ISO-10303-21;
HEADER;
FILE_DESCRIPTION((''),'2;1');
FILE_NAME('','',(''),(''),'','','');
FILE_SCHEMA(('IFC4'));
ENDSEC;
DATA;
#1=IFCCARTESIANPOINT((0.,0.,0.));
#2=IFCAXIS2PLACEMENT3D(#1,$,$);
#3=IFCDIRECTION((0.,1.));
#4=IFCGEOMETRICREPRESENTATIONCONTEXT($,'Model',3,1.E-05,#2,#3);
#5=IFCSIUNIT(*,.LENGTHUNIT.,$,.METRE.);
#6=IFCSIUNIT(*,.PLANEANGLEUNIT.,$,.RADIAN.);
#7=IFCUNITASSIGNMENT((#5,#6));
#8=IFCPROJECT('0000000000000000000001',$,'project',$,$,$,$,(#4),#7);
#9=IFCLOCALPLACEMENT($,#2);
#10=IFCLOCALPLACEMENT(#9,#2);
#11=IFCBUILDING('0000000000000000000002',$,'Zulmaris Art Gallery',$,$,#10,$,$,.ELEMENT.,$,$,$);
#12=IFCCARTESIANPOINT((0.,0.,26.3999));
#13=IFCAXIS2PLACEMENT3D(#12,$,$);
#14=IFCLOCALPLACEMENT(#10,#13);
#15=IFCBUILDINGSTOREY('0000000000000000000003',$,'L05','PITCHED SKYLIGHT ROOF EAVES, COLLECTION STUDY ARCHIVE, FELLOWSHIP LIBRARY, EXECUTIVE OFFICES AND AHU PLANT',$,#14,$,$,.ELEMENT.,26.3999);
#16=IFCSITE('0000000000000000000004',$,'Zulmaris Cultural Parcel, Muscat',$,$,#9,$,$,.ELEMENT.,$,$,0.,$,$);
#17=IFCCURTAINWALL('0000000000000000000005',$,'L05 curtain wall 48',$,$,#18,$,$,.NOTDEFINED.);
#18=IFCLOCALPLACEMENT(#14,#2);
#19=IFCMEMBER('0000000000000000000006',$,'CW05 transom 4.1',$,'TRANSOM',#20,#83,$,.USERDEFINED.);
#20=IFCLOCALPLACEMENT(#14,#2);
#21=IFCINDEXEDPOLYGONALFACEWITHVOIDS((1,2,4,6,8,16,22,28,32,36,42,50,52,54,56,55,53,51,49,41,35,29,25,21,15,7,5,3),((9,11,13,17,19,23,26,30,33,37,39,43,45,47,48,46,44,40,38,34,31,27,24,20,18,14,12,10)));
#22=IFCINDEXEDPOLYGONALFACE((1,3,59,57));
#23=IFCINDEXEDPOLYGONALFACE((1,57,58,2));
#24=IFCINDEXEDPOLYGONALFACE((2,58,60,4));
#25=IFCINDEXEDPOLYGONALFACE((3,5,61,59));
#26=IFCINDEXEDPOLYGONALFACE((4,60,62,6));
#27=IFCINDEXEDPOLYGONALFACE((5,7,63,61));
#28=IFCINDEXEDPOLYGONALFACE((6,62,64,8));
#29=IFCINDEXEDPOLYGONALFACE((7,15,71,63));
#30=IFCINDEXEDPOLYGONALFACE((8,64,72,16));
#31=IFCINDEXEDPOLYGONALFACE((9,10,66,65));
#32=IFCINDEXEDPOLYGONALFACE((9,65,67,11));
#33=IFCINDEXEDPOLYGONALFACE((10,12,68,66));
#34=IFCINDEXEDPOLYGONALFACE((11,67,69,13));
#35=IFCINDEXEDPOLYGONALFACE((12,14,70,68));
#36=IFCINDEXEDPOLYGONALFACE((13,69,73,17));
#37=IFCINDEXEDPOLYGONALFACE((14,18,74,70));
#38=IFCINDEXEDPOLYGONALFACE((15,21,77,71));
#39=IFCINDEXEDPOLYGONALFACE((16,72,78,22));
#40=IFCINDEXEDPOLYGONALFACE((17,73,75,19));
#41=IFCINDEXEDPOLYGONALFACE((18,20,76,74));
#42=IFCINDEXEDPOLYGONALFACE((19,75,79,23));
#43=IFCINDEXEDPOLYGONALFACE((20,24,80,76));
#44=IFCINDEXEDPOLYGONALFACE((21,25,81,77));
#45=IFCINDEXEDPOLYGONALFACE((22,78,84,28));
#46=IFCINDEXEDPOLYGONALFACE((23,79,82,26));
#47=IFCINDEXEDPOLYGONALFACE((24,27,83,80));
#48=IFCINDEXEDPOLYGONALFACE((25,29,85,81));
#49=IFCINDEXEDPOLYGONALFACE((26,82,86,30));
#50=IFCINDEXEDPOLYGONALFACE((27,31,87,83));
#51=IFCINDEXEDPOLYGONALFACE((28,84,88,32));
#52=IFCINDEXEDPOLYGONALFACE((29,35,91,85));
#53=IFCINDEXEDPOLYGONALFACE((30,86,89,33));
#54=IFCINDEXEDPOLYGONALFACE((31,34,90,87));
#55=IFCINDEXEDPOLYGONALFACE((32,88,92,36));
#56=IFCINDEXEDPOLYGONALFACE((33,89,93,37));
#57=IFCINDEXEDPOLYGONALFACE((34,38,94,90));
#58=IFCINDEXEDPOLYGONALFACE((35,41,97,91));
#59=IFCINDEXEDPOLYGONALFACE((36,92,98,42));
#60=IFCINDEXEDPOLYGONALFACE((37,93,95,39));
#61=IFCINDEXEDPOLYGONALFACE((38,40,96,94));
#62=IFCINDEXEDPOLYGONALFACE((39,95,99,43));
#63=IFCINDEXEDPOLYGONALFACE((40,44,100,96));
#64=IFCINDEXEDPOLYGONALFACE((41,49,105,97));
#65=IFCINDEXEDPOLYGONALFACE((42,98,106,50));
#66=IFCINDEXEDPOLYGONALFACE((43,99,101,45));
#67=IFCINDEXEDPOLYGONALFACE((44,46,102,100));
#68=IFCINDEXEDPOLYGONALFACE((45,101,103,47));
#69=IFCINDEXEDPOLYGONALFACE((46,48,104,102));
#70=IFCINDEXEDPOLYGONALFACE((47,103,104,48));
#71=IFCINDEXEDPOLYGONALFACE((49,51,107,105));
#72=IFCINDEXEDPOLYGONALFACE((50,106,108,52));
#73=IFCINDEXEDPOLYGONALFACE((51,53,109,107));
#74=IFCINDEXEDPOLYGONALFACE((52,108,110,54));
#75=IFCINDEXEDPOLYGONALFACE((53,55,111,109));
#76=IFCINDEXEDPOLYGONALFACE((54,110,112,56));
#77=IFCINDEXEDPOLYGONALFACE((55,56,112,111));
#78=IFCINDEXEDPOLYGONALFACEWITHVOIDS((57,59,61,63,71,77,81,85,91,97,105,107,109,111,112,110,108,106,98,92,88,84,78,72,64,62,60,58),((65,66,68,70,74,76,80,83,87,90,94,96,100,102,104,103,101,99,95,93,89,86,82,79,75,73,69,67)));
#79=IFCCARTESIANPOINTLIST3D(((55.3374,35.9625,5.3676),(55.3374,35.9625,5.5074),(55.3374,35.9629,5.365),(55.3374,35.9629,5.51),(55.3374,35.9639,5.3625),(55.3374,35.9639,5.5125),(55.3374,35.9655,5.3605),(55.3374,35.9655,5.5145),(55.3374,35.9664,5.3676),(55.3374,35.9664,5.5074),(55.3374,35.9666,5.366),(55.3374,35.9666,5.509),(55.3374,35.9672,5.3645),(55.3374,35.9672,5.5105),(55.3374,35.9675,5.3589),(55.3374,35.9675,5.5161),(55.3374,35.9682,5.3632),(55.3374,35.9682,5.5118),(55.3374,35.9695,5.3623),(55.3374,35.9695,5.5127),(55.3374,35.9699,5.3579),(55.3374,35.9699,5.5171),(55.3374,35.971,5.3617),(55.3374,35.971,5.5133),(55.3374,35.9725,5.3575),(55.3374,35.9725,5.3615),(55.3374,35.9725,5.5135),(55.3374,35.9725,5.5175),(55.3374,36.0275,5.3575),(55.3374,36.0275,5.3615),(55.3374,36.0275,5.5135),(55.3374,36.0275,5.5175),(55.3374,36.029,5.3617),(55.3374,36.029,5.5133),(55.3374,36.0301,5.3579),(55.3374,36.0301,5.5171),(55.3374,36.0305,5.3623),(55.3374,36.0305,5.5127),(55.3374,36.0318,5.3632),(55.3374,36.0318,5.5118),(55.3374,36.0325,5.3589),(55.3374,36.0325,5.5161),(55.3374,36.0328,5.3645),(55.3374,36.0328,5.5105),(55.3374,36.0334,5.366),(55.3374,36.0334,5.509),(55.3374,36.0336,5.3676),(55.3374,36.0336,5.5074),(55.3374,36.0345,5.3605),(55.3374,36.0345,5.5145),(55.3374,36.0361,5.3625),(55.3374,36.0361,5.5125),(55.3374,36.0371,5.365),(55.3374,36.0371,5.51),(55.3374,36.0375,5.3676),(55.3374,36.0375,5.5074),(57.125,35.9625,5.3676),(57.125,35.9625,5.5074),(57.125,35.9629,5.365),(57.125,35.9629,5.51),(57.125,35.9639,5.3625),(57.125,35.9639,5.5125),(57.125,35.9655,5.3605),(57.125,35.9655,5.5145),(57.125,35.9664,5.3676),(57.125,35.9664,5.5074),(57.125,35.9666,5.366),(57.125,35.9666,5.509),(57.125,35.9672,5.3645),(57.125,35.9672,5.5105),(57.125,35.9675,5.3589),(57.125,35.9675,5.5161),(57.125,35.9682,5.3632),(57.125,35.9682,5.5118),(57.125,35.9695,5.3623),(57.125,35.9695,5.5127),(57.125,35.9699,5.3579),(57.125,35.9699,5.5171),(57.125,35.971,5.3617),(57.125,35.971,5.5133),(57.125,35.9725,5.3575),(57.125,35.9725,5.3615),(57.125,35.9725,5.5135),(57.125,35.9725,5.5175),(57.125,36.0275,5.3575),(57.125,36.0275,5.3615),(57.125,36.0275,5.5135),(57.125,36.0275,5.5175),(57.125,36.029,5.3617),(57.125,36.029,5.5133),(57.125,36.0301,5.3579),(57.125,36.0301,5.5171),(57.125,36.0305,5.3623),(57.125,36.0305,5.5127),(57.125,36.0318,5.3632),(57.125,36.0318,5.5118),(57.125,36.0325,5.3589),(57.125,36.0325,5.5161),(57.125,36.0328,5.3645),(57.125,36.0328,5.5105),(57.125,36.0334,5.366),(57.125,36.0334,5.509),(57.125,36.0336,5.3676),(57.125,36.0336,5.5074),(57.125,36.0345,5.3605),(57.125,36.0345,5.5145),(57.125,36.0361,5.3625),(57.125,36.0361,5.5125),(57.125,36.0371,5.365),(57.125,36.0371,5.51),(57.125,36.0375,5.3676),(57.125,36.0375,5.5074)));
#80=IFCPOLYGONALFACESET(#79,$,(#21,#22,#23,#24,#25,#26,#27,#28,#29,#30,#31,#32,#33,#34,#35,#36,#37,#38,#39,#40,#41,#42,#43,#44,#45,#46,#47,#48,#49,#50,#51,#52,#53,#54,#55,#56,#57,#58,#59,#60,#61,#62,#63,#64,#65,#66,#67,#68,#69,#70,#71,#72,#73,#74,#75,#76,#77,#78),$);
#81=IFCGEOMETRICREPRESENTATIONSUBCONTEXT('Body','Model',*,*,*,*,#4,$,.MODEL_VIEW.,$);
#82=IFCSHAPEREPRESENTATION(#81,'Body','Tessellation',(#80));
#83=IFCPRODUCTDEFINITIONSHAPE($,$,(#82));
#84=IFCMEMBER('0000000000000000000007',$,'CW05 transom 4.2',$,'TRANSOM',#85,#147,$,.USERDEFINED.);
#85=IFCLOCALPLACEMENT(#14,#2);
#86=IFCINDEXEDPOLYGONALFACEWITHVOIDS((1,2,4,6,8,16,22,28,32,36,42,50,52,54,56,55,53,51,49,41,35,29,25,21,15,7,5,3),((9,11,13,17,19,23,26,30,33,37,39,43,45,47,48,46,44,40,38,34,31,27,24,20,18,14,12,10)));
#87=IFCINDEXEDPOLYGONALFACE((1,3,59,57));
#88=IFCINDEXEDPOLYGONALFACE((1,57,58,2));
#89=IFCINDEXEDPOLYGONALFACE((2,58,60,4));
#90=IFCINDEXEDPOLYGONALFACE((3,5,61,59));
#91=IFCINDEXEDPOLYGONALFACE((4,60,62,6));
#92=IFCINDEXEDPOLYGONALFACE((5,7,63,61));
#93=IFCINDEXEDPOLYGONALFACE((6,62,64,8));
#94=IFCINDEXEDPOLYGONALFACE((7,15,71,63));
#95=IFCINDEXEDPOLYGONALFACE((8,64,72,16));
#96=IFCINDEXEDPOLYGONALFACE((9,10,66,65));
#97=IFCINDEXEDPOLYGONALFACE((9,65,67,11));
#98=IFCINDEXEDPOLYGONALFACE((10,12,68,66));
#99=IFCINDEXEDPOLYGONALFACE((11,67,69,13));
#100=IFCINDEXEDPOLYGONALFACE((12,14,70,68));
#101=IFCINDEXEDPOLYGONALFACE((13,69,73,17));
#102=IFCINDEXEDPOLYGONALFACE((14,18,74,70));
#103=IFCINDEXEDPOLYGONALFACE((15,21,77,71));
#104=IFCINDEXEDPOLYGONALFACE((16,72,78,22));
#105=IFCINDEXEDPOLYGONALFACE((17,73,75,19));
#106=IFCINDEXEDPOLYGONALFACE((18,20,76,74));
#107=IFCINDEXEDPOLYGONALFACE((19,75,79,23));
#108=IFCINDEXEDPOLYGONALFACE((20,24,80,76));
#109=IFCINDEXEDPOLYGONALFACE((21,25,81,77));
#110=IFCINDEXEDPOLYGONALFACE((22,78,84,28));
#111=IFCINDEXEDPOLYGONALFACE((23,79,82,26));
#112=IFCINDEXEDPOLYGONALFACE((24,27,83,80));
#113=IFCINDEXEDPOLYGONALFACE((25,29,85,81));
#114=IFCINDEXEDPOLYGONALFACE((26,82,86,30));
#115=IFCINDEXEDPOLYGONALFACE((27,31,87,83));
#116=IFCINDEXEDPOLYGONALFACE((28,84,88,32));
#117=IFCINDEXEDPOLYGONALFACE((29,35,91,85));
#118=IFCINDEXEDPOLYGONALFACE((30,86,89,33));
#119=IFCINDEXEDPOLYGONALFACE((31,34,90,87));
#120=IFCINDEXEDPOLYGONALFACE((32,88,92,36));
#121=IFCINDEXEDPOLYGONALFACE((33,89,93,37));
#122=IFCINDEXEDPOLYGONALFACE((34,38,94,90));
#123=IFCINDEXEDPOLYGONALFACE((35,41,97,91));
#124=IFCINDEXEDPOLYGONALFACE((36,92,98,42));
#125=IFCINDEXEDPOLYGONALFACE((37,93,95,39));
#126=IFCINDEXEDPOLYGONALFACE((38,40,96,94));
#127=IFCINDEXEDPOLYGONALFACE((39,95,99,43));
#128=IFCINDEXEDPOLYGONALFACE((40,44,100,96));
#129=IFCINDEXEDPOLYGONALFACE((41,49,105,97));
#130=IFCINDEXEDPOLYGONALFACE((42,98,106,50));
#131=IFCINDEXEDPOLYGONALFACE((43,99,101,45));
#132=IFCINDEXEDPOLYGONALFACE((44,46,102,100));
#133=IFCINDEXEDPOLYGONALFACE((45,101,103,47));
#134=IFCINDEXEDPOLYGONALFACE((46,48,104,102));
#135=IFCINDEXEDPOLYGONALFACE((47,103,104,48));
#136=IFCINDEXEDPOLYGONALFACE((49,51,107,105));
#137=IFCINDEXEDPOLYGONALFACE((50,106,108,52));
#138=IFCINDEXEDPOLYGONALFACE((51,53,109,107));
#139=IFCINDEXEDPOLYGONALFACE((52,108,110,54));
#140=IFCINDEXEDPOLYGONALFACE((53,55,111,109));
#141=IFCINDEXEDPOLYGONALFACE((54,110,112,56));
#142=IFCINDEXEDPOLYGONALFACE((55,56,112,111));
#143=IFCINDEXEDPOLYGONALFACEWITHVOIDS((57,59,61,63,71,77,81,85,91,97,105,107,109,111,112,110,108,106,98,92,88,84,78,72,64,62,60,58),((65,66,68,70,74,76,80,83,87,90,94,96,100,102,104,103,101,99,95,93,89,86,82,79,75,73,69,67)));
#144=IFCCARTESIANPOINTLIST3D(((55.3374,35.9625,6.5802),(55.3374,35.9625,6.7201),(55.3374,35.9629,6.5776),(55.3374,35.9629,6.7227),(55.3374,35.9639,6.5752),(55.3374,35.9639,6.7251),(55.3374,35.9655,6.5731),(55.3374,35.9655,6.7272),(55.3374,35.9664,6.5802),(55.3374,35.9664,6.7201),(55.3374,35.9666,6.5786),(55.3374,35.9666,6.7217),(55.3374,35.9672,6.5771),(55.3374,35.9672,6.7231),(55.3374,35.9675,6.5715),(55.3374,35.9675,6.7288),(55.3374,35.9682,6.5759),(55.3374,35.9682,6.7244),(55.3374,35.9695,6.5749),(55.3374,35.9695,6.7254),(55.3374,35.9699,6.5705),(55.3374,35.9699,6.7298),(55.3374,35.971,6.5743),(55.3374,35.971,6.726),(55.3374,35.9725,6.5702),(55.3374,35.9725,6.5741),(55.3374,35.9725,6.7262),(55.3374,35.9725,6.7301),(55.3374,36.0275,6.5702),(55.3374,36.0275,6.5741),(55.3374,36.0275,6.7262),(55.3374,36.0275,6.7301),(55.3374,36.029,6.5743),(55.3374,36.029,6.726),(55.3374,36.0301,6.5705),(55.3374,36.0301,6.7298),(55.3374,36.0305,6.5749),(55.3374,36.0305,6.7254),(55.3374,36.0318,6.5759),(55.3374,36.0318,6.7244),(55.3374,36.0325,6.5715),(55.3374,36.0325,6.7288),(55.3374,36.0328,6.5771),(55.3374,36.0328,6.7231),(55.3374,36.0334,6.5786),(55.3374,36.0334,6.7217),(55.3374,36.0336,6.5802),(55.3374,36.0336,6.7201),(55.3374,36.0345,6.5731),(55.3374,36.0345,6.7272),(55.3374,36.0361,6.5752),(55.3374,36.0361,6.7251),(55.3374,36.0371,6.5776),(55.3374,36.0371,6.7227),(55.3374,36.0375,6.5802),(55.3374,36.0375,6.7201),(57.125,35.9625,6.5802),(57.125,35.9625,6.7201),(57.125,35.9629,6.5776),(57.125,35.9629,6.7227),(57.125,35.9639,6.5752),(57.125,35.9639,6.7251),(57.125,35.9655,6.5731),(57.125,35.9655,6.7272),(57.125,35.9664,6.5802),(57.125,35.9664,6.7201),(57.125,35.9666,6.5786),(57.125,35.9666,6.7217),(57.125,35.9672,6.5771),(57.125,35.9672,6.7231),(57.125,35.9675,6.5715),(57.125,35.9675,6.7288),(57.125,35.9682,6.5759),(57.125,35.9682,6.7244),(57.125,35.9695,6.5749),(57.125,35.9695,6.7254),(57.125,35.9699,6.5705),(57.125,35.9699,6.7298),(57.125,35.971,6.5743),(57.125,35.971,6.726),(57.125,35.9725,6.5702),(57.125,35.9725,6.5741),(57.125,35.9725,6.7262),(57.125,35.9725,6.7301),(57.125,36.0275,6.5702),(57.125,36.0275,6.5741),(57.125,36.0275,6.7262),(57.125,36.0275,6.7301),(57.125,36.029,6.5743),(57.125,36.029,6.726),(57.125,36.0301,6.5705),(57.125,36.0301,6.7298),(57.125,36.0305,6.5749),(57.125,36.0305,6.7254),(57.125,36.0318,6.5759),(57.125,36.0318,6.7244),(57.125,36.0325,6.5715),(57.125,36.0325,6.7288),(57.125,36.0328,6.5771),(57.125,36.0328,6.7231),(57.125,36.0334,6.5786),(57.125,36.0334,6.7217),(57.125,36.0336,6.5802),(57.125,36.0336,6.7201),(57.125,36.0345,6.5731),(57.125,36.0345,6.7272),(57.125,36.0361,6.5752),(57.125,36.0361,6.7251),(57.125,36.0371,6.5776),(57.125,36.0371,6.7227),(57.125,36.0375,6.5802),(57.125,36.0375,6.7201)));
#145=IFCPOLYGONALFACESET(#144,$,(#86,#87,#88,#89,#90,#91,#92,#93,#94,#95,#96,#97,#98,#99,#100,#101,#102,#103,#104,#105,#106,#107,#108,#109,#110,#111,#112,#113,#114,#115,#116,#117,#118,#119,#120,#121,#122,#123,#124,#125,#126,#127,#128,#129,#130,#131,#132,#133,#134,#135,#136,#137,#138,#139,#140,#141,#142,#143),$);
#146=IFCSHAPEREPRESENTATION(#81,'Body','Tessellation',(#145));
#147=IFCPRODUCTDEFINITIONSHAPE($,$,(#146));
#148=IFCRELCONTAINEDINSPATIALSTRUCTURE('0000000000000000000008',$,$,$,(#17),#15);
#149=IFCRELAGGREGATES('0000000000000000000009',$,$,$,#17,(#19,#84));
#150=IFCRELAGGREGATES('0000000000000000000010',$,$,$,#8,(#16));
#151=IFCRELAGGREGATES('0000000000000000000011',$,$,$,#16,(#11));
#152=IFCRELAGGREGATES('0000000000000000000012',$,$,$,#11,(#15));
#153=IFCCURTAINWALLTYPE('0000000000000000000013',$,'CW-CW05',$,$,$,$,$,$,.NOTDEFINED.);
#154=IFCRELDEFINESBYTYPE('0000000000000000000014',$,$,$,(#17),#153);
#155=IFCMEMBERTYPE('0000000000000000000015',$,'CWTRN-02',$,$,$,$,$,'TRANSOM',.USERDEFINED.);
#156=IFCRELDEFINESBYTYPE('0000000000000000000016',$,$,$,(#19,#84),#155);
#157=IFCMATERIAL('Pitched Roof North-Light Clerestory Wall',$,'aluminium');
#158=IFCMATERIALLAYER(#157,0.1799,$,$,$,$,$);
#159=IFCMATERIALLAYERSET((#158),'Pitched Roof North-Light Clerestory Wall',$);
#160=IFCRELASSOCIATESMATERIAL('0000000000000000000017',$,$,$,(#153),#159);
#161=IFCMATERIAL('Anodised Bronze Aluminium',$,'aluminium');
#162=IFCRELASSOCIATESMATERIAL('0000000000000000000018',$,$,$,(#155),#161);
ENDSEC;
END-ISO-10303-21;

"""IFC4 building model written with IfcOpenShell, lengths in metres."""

from ifc_helpers import new_model, si_unit, direction, frame, origin, origin_2d, place, context, subcontext, project, spatial, hollow_rectangle, extrude, material, layer, layer_set, material_profile, profile_set, type_object, element, aggregate, save


model = new_model("IFC4")

# Units and contexts
model_context = context("Model", 3, precision=1e-05, world=origin(), true_north=direction((0.0, 1.0)))
body_context = subcontext(model_context, "Body", "Model", "MODEL_VIEW")
ifc_project = project(units=[si_unit("LENGTHUNIT", "METRE"), si_unit("PLANEANGLEUNIT", "RADIAN")], contexts=[model_context])

# Site, building, storey
site_placement = place(None, origin())
site = spatial("IfcSite", under=ifc_project, at=site_placement, Name="Zulmaris Cultural Parcel, Muscat", CompositionType="ELEMENT", RefElevation=0.0)
building_placement = place(site_placement, origin())
building = spatial("IfcBuilding", under=site, at=building_placement, Name="Zulmaris Art Gallery", CompositionType="ELEMENT")
storey_placement = place(building_placement, frame((0.0, 0.0, 26.3999)))
storey = spatial("IfcBuildingStorey", under=building, at=storey_placement, Name="L05", Description="PITCHED SKYLIGHT ROOF EAVES, COLLECTION STUDY ARCHIVE, FELLOWSHIP LIBRARY, EXECUTIVE OFFICES AND AHU PLANT", CompositionType="ELEMENT", Elevation=26.3999)

# Curtain wall, members
ifc_material_1 = material(Name="Pitched Roof North-Light Clerestory Wall", Category="aluminium")
ifc_layer_1 = layer(ifc_material_1, 0.1799)
ifc_layer_set_1 = layer_set([ifc_layer_1], Name="Pitched Roof North-Light Clerestory Wall")
curtain_wall_type = type_object("IfcCurtainWallType", Name="CW-CW05", PredefinedType="NOTDEFINED", material=ifc_layer_set_1)
curtain_wall_placement = place(storey_placement, origin())
curtain_wall = element("IfcCurtainWall", 1, at=curtain_wall_placement, inside=storey, type_object=curtain_wall_type, Name="L05 curtain wall 48", PredefinedType="NOTDEFINED")
ifc_material_2 = material(Name="Anodised Bronze Aluminium", Category="aluminium")
ifc_material_profile_1 = material_profile(ifc_material_2, hollow_rectangle(XDim=0.075, YDim=0.1599, WallThickness=0.0039, InnerFilletRadius=0.0061, OuterFilletRadius=0.01, at=origin_2d()), Name="ALU 75x160x4")
ifc_profile_set_1 = profile_set([ifc_material_profile_1], Name="Anodised Bronze Aluminium")
member_type_1 = type_object("IfcMemberType", Name="CWTRN-02", ElementType="TRANSOM", PredefinedType="USERDEFINED", material=ifc_profile_set_1)
member_1_placement = place(storey_placement, frame((55.3374, 36.0, 5.4375), z_axis=(1.0, 0.0, 0.0), x_axis=(0.0, 1.0, 0.0)))
member_1 = element("IfcMember", 2, at=member_1_placement, type_object=member_type_1, Name="CW05 transom 4.1", ObjectType="TRANSOM", PredefinedType="USERDEFINED", context=body_context, shape_type="SweptSolid", body=[
    extrude(hollow_rectangle(XDim=0.075, YDim=0.1599, WallThickness=0.0039, InnerFilletRadius=0.0061, OuterFilletRadius=0.01, at=origin_2d()), origin(), (0.0, 0.0, 1.0), 1.7876),
])
member_2_placement = place(storey_placement, frame((55.3374, 36.0, 6.6501), z_axis=(1.0, 0.0, 0.0), x_axis=(0.0, 1.0, 0.0)))
member_2 = element("IfcMember", 3, at=member_2_placement, type_object=member_type_1, Name="CW05 transom 4.2", ObjectType="TRANSOM", PredefinedType="USERDEFINED", context=body_context, shape_type="SweptSolid", body=[
    extrude(hollow_rectangle(XDim=0.075, YDim=0.1599, WallThickness=0.0039, InnerFilletRadius=0.0061, OuterFilletRadius=0.01, at=origin_2d()), origin(), (0.0, 0.0, 1.0), 1.7876),
])

aggregate(curtain_wall, [member_1, member_2])

save(model, "model.ifc")
